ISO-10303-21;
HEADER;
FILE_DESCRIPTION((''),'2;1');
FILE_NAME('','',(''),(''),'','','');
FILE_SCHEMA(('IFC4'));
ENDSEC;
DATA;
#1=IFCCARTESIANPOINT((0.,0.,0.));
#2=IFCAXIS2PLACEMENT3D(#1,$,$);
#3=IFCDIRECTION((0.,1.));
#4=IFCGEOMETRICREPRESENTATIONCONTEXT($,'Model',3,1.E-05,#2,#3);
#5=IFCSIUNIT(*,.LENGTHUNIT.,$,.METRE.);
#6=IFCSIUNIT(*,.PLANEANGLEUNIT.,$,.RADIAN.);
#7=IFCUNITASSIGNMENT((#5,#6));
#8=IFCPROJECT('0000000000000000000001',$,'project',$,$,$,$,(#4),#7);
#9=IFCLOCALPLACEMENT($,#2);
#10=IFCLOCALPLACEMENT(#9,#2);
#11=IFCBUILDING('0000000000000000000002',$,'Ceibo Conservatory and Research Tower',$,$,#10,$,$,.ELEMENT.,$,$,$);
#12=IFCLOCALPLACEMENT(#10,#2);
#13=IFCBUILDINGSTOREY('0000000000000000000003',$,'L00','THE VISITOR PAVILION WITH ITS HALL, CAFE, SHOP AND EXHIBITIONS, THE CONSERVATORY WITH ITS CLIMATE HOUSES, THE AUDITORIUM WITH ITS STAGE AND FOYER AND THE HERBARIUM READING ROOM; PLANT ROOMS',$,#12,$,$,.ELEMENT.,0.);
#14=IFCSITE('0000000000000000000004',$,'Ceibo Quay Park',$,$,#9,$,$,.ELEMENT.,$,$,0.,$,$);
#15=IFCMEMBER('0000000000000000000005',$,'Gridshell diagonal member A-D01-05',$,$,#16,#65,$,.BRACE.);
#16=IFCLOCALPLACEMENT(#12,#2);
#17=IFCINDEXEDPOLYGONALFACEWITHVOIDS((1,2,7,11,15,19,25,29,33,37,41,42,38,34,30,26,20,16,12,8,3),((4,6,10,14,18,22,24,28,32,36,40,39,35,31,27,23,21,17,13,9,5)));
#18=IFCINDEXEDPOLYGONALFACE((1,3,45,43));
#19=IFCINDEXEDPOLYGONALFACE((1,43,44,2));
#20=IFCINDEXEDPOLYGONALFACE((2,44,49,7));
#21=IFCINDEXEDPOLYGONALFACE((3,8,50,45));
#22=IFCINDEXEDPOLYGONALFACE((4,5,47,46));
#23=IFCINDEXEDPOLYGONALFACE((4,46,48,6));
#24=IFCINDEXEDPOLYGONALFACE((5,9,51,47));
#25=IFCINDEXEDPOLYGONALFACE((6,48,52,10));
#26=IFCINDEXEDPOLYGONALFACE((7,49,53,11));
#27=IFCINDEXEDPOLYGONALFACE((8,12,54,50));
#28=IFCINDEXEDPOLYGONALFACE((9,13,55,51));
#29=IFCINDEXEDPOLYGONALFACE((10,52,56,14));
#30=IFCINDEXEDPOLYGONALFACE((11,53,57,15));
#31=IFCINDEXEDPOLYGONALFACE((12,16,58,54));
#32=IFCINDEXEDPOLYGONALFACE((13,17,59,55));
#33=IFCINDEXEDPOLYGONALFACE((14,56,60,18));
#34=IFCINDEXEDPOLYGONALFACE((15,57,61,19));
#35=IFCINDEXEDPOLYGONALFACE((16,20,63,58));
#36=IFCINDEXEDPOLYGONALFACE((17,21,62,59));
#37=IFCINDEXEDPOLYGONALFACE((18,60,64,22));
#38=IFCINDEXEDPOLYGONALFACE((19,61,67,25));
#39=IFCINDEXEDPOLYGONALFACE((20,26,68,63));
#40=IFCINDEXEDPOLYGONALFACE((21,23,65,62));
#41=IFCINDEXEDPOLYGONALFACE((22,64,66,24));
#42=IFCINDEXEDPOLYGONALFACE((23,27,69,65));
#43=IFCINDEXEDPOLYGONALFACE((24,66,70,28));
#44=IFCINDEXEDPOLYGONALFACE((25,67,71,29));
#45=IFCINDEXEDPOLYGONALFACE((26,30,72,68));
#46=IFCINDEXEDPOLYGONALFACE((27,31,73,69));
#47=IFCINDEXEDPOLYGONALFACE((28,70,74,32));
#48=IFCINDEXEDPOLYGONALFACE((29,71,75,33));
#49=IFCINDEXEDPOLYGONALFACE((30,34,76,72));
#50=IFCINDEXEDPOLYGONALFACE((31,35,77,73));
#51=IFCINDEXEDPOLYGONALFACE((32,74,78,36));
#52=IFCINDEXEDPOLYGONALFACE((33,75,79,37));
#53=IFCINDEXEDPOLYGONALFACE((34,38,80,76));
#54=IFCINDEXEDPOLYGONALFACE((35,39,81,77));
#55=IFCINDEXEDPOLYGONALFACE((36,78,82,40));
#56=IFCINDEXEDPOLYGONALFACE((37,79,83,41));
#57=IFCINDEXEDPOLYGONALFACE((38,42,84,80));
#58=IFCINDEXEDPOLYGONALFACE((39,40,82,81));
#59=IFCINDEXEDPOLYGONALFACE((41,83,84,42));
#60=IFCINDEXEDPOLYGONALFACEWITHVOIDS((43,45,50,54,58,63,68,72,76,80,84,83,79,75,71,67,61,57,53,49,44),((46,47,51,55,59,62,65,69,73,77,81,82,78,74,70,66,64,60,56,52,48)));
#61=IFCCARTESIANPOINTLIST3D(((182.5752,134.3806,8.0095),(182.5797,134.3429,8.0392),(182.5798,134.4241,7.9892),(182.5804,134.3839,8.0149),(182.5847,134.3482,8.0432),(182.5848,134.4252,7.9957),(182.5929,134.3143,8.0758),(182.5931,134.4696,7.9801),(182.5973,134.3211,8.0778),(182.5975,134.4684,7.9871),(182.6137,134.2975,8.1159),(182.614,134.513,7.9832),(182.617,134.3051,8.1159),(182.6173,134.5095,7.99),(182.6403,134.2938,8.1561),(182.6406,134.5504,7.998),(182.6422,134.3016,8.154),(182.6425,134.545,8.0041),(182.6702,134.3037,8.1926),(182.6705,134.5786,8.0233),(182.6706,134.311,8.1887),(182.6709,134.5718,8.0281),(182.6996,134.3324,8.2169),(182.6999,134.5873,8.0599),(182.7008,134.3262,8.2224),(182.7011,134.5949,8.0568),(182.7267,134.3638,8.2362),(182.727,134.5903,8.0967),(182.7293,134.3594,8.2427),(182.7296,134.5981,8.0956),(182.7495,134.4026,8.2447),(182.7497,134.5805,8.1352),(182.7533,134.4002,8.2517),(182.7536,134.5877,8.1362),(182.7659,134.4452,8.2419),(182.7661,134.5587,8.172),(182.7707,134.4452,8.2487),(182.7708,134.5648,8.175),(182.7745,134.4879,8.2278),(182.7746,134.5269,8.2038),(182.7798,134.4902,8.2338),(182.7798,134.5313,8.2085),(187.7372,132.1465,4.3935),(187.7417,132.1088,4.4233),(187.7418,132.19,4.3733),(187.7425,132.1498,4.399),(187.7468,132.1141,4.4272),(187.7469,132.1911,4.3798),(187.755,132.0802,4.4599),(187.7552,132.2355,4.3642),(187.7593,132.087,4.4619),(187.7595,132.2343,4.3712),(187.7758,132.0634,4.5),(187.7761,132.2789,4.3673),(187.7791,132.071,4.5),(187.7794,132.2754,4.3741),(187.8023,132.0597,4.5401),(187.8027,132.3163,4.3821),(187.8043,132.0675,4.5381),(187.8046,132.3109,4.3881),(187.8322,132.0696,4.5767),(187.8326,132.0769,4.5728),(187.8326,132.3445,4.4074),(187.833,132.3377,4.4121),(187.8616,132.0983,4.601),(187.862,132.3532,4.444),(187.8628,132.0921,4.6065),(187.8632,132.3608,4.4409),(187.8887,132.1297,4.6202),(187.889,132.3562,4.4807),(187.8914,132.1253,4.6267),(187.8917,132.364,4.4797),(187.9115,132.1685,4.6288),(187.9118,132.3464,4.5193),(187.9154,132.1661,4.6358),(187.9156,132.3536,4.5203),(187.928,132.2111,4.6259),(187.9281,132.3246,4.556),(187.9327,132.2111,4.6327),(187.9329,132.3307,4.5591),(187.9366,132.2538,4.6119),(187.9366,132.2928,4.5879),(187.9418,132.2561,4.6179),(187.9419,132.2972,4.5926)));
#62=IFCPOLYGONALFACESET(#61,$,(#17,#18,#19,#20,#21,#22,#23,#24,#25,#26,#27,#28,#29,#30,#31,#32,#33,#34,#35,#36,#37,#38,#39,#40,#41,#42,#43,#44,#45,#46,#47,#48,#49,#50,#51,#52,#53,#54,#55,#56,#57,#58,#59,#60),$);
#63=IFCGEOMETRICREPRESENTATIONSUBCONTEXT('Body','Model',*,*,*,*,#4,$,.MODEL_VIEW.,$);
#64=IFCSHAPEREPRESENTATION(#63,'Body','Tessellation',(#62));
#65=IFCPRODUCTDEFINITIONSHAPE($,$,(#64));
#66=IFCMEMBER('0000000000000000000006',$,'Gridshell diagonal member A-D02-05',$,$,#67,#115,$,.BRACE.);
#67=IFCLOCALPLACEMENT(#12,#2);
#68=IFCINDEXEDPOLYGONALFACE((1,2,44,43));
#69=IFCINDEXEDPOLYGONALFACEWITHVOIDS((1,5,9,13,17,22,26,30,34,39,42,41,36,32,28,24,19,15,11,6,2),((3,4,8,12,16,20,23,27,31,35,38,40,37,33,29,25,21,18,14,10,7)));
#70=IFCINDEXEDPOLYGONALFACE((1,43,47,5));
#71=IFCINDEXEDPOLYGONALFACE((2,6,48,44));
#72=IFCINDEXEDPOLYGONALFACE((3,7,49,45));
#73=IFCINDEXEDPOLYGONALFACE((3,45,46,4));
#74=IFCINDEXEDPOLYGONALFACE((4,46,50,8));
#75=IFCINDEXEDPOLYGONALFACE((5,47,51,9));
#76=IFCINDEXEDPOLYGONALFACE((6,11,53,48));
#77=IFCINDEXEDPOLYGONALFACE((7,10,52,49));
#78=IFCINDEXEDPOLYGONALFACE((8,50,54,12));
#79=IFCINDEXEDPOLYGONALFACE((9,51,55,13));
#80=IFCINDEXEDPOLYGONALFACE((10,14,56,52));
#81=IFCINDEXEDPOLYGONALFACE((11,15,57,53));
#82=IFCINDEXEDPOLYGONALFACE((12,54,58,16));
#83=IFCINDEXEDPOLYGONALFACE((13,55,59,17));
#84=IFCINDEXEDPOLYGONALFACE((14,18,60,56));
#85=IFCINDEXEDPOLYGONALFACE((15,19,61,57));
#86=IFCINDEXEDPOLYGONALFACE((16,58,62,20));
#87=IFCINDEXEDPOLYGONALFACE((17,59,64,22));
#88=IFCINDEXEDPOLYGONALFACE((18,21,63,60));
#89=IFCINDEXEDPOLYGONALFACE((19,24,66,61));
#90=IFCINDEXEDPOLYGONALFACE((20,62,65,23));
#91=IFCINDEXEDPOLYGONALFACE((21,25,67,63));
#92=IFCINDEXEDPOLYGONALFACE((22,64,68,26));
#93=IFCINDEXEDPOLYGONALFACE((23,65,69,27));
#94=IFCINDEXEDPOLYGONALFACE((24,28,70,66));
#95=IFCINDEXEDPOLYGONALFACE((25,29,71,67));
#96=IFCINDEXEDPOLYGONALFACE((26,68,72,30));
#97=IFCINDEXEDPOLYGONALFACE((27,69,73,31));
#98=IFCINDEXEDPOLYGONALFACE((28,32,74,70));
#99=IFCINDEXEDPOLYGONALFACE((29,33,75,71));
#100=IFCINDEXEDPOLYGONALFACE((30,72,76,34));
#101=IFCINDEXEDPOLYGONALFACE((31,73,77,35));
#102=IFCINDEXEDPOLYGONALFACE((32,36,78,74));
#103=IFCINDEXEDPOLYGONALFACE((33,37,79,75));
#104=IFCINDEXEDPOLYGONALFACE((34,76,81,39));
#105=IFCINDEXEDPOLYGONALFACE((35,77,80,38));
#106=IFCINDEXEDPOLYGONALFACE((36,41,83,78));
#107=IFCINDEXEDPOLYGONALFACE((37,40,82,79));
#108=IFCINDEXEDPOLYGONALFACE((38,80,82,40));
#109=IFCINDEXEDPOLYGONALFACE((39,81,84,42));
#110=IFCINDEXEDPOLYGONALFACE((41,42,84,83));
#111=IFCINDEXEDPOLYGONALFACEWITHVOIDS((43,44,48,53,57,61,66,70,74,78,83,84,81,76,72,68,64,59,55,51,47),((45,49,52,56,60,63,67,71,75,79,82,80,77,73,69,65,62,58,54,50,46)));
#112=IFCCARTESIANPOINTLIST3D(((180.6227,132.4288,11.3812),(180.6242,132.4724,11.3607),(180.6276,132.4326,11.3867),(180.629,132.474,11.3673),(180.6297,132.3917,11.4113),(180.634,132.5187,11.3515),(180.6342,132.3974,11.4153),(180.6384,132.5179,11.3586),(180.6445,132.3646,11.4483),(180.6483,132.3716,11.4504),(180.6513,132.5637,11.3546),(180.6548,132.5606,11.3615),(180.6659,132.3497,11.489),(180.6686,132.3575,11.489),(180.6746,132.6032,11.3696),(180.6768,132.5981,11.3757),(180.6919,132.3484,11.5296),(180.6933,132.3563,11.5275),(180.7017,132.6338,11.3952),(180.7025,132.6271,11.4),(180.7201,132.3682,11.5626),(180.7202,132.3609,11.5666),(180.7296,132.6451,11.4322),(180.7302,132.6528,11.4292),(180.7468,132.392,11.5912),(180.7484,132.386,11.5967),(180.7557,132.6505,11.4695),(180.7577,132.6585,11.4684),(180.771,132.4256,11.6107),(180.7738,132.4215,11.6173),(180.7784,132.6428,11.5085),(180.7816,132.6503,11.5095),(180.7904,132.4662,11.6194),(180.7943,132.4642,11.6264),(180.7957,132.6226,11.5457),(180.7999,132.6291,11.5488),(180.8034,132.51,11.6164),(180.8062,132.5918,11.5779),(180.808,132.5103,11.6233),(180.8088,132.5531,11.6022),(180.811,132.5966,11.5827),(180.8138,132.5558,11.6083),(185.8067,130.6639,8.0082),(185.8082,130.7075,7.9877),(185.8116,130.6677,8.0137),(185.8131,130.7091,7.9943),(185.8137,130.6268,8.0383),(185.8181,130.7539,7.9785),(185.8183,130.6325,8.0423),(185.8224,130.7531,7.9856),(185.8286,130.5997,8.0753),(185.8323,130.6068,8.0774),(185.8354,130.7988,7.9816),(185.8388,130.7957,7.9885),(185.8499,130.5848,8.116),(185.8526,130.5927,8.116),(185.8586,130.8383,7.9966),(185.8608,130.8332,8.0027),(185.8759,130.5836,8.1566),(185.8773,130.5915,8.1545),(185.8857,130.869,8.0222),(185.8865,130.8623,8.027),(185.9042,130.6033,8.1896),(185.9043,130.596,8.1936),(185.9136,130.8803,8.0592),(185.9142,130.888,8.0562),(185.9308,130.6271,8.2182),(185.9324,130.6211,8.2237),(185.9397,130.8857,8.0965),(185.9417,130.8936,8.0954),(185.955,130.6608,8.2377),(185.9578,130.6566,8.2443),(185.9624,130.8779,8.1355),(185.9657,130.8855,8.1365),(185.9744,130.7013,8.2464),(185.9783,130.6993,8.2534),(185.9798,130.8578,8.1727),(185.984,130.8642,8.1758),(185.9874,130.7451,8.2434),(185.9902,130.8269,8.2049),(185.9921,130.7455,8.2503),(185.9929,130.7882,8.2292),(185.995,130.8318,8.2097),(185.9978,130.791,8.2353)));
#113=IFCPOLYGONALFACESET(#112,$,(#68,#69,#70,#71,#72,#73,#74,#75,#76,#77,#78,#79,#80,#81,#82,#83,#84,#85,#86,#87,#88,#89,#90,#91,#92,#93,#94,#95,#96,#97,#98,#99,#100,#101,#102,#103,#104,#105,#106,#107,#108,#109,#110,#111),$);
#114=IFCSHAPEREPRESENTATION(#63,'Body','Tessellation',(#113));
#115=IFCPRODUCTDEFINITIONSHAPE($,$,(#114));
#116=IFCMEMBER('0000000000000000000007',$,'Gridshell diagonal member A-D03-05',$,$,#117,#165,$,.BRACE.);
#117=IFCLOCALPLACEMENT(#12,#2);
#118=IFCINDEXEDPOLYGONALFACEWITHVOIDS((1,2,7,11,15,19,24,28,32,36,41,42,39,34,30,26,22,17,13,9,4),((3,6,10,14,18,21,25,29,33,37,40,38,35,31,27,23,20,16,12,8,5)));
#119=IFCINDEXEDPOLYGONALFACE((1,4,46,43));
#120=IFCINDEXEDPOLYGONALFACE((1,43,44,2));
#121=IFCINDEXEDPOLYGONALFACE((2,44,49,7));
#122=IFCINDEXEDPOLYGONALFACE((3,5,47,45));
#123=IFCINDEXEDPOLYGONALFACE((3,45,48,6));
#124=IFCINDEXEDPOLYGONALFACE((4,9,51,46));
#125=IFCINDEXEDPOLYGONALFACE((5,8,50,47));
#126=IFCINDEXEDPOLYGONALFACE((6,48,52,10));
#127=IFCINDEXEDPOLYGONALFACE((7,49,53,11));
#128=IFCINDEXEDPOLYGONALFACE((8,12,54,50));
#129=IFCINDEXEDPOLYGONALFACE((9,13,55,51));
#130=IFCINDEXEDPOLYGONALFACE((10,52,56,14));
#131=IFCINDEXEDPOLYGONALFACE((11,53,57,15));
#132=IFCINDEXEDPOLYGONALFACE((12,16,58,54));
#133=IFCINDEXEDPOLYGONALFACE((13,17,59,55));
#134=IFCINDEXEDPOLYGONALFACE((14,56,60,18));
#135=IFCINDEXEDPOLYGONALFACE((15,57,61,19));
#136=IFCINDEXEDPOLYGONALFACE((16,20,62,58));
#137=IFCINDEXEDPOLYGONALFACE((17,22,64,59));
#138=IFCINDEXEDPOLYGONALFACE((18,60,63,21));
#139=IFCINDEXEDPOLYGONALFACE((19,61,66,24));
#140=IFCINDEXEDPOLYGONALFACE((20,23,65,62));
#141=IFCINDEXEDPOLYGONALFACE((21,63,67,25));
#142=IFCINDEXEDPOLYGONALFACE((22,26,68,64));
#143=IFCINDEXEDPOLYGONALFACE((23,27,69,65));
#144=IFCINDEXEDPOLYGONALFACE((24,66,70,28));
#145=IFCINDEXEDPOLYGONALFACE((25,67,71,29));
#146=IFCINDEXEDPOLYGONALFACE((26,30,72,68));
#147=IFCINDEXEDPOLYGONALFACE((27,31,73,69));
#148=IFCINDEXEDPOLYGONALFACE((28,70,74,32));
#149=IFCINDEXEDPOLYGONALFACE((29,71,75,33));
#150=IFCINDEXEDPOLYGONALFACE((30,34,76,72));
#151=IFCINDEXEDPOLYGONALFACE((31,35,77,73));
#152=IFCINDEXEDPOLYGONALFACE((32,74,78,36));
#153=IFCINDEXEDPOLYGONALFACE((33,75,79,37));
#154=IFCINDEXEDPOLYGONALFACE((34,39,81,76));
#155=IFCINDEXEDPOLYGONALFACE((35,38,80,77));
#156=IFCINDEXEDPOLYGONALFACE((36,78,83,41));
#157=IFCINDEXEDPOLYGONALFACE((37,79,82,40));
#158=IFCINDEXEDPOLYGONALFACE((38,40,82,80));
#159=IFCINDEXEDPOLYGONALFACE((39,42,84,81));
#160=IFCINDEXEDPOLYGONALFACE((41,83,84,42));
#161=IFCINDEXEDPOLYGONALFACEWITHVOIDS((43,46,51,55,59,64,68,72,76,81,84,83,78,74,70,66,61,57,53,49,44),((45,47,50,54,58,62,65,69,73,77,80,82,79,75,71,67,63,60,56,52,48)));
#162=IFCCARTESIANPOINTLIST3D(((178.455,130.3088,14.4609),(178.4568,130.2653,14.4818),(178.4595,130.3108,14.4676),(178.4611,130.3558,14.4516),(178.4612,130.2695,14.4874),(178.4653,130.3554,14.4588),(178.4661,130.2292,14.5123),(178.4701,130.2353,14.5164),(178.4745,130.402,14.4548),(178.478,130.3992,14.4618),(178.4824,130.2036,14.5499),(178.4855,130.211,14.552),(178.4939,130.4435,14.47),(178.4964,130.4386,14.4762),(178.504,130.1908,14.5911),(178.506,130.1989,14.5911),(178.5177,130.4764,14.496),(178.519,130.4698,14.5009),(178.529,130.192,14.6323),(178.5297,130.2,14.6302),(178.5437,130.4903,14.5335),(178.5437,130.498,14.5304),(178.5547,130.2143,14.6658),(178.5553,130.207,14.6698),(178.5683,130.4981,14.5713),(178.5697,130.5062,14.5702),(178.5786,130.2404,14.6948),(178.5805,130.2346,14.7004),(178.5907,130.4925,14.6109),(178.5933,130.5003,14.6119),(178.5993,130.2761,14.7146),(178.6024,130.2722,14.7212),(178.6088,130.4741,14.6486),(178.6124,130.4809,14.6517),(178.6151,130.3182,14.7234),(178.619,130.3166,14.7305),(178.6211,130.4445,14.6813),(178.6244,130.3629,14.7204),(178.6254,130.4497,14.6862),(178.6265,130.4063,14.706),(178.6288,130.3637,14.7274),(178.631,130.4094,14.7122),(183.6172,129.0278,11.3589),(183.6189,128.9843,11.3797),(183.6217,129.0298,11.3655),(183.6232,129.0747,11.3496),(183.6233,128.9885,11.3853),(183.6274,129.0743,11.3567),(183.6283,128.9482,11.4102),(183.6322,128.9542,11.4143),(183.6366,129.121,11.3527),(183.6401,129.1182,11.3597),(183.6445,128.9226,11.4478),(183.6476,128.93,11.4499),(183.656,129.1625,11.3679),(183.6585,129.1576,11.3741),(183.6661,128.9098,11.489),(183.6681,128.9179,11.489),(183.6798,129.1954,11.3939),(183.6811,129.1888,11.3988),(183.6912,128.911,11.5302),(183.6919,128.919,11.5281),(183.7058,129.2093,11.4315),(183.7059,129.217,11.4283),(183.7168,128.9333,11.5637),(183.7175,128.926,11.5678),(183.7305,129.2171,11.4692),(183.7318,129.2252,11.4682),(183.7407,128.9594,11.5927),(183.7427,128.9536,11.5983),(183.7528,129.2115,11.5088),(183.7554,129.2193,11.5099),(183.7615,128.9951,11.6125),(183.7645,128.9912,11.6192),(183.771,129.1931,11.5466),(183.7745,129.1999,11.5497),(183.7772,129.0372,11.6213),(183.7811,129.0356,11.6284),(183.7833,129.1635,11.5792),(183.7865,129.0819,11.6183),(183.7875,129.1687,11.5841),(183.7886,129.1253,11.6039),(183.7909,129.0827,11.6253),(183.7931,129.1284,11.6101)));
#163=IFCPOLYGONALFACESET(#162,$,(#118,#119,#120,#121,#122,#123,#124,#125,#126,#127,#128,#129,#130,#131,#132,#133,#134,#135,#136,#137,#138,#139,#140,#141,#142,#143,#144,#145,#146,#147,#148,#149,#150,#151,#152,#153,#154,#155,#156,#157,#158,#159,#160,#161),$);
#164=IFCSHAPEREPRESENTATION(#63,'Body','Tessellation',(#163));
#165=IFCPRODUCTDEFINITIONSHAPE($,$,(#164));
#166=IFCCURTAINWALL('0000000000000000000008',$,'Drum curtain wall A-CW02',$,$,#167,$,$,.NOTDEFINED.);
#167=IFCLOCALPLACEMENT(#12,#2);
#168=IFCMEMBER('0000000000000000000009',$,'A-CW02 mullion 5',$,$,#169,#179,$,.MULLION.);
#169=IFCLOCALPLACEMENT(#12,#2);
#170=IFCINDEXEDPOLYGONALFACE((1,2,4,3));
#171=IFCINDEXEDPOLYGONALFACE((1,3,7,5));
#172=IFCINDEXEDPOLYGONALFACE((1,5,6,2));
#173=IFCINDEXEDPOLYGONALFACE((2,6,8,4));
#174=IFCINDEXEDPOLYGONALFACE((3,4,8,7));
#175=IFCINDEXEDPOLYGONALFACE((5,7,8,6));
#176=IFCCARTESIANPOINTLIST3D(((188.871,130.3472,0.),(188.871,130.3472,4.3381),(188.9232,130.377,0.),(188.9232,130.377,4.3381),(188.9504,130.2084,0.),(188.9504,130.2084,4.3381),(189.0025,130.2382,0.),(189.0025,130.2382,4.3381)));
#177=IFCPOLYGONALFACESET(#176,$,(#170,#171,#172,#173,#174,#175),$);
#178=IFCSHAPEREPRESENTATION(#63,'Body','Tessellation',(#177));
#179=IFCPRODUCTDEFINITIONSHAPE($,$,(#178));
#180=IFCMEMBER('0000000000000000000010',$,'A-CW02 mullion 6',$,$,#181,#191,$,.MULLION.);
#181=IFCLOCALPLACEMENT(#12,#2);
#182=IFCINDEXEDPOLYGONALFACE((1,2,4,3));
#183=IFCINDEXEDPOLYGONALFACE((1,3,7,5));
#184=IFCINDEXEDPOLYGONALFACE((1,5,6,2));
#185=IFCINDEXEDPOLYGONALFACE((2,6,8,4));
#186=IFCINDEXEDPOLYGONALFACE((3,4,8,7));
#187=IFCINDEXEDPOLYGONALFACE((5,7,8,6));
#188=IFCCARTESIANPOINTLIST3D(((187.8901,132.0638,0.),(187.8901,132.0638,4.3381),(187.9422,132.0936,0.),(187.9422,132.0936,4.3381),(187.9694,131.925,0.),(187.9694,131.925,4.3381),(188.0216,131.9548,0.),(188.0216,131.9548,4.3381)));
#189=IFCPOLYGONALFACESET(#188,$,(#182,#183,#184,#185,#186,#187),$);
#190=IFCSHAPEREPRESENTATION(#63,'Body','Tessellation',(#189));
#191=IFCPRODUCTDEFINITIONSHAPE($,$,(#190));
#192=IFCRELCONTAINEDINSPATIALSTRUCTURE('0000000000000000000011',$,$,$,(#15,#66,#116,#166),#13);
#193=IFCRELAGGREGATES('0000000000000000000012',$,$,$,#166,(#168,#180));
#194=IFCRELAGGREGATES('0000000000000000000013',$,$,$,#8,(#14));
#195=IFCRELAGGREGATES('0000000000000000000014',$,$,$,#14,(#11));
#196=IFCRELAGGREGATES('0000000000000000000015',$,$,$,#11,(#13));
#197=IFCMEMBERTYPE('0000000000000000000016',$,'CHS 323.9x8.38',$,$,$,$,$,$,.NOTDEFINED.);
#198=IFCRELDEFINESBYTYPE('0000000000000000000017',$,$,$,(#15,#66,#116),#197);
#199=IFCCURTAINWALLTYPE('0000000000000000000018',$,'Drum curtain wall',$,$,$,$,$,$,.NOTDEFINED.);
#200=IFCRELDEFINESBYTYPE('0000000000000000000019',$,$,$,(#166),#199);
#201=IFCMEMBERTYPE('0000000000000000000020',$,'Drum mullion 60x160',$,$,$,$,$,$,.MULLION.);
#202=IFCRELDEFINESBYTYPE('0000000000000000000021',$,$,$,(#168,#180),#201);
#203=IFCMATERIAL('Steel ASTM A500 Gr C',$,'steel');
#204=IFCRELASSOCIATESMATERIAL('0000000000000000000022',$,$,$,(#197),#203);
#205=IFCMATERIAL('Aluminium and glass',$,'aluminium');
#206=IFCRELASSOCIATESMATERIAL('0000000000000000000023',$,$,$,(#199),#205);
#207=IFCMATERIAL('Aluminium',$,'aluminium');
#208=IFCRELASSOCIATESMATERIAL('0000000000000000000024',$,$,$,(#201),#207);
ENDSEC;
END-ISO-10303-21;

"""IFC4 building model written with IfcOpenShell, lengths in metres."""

from ifc_helpers import new_model, si_unit, direction, frame, origin, origin_2d, place, context, subcontext, project, spatial, rectangle, hollow_circle, extrude, material, material_profile, profile_set, type_object, element, aggregate, save


model = new_model("IFC4")

# Units and contexts
model_context = context("Model", 3, precision=1e-05, world=origin(), true_north=direction((0.0, 1.0)))
body_context = subcontext(model_context, "Body", "Model", "MODEL_VIEW")
ifc_project = project(units=[si_unit("LENGTHUNIT", "METRE"), si_unit("PLANEANGLEUNIT", "RADIAN")], contexts=[model_context])

# Site, building, storey
site_placement = place(None, origin())
site = spatial("IfcSite", under=ifc_project, at=site_placement, Name="Ceibo Quay Park", CompositionType="ELEMENT", RefElevation=0.0)
building_placement = place(site_placement, origin())
building = spatial("IfcBuilding", under=site, at=building_placement, Name="Ceibo Conservatory and Research Tower", CompositionType="ELEMENT")
storey_placement = place(building_placement, origin())
storey = spatial("IfcBuildingStorey", under=building, at=storey_placement, Name="L00", Description="THE VISITOR PAVILION WITH ITS HALL, CAFE, SHOP AND EXHIBITIONS, THE CONSERVATORY WITH ITS CLIMATE HOUSES, THE AUDITORIUM WITH ITS STAGE AND FOYER AND THE HERBARIUM READING ROOM; PLANT ROOMS", CompositionType="ELEMENT", Elevation=0.0)

# Shared definitions
ifc_material_1 = material(Name="Steel ASTM A500 Gr C", Category="steel")

# Members
ifc_material_profile_1 = material_profile(ifc_material_1, hollow_circle(Radius=0.1619, WallThickness=0.0083, at=origin_2d()), Name="CHS 323.9x8.38")
ifc_profile_set_1 = profile_set([ifc_material_profile_1], Name="Steel ASTM A500 Gr C")
member_type_1 = type_object("IfcMemberType", Name="CHS 323.9x8.38", PredefinedType="NOTDEFINED", material=ifc_profile_set_1)
member_1_placement = place(storey_placement, frame((187.8401, 132.2119, 4.5), z_axis=(-0.77198, 0.334108, 0.540758), x_axis=(-0.397191, -0.917736, 0.0)))
element("IfcMember", 1, at=member_1_placement, inside=storey, type_object=member_type_1, Name="Gridshell diagonal member A-D01-05", PredefinedType="BRACE", context=body_context, shape_type="SweptSolid", body=[
    extrude(hollow_circle(Radius=0.1619, WallThickness=0.0083, at=origin_2d()), origin(), (0.0, 0.0, 1.0), 6.6868),
])
member_2_placement = place(storey_placement, frame((185.9021, 130.738, 8.116), z_axis=(-0.806018, 0.274405, 0.524439), x_axis=(-0.32228, -0.946644, 0.0)))
element("IfcMember", 2, at=member_2_placement, inside=storey, type_object=member_type_1, Name="Gridshell diagonal member A-D02-05", PredefinedType="BRACE", context=body_context, shape_type="SweptSolid", body=[
    extrude(hollow_circle(Radius=0.1619, WallThickness=0.0083, at=origin_2d()), origin(), (0.0, 0.0, 1.0), 6.4316),
])
member_3_placement = place(storey_placement, frame((183.7051, 129.0669, 11.489), z_axis=(-0.838386, 0.20805, 0.503809), x_axis=(-0.24085, -0.970562, 0.0)))
element("IfcMember", 3, at=member_3_placement, inside=storey, type_object=member_type_1, Name="Gridshell diagonal member A-D03-05", PredefinedType="BRACE", context=body_context, shape_type="SweptSolid", body=[
    extrude(hollow_circle(Radius=0.1619, WallThickness=0.0083, at=origin_2d()), origin(), (0.0, 0.0, 1.0), 6.1572),
])

# Curtain wall, members
ifc_material_2 = material(Name="Aluminium and glass", Category="aluminium")
curtain_wall_type = type_object("IfcCurtainWallType", Name="Drum curtain wall", PredefinedType="NOTDEFINED", material=ifc_material_2)
curtain_wall_placement = place(storey_placement, origin())
curtain_wall = element("IfcCurtainWall", 4, at=curtain_wall_placement, inside=storey, type_object=curtain_wall_type, Name="Drum curtain wall A-CW02", PredefinedType="NOTDEFINED")
ifc_material_3 = material(Name="Aluminium", Category="aluminium")
ifc_material_profile_2 = material_profile(ifc_material_3, rectangle(XDim=0.0601, YDim=0.1599, at=origin_2d()), Name="AL 60x160")
ifc_profile_set_2 = profile_set([ifc_material_profile_2], Name="Aluminium")
member_type_2 = type_object("IfcMemberType", Name="Drum mullion 60x160", PredefinedType="MULLION", material=ifc_profile_set_2)
member_4_placement = place(storey_placement, frame((188.9368, 130.2927, 0.0), z_axis=(0.0, 0.0, 1.0), x_axis=(-0.868199, -0.496216, 0.0)))
member_4 = element("IfcMember", 5, at=member_4_placement, type_object=member_type_2, Name="A-CW02 mullion 5", PredefinedType="MULLION", context=body_context, shape_type="SweptSolid", body=[
    extrude(rectangle(XDim=0.0601, YDim=0.1599, at=origin_2d()), origin(), (0.0, 0.0, 1.0), 4.3381),
])
member_5_placement = place(storey_placement, frame((187.9558, 132.0093, 0.0), z_axis=(0.0, 0.0, 1.0), x_axis=(-0.868199, -0.496216, 0.0)))
member_5 = element("IfcMember", 6, at=member_5_placement, type_object=member_type_2, Name="A-CW02 mullion 6", PredefinedType="MULLION", context=body_context, shape_type="SweptSolid", body=[
    extrude(rectangle(XDim=0.0601, YDim=0.1599, at=origin_2d()), origin(), (0.0, 0.0, 1.0), 4.3381),
])
aggregate(curtain_wall, [member_4, member_5])

save(model, "model.ifc")
